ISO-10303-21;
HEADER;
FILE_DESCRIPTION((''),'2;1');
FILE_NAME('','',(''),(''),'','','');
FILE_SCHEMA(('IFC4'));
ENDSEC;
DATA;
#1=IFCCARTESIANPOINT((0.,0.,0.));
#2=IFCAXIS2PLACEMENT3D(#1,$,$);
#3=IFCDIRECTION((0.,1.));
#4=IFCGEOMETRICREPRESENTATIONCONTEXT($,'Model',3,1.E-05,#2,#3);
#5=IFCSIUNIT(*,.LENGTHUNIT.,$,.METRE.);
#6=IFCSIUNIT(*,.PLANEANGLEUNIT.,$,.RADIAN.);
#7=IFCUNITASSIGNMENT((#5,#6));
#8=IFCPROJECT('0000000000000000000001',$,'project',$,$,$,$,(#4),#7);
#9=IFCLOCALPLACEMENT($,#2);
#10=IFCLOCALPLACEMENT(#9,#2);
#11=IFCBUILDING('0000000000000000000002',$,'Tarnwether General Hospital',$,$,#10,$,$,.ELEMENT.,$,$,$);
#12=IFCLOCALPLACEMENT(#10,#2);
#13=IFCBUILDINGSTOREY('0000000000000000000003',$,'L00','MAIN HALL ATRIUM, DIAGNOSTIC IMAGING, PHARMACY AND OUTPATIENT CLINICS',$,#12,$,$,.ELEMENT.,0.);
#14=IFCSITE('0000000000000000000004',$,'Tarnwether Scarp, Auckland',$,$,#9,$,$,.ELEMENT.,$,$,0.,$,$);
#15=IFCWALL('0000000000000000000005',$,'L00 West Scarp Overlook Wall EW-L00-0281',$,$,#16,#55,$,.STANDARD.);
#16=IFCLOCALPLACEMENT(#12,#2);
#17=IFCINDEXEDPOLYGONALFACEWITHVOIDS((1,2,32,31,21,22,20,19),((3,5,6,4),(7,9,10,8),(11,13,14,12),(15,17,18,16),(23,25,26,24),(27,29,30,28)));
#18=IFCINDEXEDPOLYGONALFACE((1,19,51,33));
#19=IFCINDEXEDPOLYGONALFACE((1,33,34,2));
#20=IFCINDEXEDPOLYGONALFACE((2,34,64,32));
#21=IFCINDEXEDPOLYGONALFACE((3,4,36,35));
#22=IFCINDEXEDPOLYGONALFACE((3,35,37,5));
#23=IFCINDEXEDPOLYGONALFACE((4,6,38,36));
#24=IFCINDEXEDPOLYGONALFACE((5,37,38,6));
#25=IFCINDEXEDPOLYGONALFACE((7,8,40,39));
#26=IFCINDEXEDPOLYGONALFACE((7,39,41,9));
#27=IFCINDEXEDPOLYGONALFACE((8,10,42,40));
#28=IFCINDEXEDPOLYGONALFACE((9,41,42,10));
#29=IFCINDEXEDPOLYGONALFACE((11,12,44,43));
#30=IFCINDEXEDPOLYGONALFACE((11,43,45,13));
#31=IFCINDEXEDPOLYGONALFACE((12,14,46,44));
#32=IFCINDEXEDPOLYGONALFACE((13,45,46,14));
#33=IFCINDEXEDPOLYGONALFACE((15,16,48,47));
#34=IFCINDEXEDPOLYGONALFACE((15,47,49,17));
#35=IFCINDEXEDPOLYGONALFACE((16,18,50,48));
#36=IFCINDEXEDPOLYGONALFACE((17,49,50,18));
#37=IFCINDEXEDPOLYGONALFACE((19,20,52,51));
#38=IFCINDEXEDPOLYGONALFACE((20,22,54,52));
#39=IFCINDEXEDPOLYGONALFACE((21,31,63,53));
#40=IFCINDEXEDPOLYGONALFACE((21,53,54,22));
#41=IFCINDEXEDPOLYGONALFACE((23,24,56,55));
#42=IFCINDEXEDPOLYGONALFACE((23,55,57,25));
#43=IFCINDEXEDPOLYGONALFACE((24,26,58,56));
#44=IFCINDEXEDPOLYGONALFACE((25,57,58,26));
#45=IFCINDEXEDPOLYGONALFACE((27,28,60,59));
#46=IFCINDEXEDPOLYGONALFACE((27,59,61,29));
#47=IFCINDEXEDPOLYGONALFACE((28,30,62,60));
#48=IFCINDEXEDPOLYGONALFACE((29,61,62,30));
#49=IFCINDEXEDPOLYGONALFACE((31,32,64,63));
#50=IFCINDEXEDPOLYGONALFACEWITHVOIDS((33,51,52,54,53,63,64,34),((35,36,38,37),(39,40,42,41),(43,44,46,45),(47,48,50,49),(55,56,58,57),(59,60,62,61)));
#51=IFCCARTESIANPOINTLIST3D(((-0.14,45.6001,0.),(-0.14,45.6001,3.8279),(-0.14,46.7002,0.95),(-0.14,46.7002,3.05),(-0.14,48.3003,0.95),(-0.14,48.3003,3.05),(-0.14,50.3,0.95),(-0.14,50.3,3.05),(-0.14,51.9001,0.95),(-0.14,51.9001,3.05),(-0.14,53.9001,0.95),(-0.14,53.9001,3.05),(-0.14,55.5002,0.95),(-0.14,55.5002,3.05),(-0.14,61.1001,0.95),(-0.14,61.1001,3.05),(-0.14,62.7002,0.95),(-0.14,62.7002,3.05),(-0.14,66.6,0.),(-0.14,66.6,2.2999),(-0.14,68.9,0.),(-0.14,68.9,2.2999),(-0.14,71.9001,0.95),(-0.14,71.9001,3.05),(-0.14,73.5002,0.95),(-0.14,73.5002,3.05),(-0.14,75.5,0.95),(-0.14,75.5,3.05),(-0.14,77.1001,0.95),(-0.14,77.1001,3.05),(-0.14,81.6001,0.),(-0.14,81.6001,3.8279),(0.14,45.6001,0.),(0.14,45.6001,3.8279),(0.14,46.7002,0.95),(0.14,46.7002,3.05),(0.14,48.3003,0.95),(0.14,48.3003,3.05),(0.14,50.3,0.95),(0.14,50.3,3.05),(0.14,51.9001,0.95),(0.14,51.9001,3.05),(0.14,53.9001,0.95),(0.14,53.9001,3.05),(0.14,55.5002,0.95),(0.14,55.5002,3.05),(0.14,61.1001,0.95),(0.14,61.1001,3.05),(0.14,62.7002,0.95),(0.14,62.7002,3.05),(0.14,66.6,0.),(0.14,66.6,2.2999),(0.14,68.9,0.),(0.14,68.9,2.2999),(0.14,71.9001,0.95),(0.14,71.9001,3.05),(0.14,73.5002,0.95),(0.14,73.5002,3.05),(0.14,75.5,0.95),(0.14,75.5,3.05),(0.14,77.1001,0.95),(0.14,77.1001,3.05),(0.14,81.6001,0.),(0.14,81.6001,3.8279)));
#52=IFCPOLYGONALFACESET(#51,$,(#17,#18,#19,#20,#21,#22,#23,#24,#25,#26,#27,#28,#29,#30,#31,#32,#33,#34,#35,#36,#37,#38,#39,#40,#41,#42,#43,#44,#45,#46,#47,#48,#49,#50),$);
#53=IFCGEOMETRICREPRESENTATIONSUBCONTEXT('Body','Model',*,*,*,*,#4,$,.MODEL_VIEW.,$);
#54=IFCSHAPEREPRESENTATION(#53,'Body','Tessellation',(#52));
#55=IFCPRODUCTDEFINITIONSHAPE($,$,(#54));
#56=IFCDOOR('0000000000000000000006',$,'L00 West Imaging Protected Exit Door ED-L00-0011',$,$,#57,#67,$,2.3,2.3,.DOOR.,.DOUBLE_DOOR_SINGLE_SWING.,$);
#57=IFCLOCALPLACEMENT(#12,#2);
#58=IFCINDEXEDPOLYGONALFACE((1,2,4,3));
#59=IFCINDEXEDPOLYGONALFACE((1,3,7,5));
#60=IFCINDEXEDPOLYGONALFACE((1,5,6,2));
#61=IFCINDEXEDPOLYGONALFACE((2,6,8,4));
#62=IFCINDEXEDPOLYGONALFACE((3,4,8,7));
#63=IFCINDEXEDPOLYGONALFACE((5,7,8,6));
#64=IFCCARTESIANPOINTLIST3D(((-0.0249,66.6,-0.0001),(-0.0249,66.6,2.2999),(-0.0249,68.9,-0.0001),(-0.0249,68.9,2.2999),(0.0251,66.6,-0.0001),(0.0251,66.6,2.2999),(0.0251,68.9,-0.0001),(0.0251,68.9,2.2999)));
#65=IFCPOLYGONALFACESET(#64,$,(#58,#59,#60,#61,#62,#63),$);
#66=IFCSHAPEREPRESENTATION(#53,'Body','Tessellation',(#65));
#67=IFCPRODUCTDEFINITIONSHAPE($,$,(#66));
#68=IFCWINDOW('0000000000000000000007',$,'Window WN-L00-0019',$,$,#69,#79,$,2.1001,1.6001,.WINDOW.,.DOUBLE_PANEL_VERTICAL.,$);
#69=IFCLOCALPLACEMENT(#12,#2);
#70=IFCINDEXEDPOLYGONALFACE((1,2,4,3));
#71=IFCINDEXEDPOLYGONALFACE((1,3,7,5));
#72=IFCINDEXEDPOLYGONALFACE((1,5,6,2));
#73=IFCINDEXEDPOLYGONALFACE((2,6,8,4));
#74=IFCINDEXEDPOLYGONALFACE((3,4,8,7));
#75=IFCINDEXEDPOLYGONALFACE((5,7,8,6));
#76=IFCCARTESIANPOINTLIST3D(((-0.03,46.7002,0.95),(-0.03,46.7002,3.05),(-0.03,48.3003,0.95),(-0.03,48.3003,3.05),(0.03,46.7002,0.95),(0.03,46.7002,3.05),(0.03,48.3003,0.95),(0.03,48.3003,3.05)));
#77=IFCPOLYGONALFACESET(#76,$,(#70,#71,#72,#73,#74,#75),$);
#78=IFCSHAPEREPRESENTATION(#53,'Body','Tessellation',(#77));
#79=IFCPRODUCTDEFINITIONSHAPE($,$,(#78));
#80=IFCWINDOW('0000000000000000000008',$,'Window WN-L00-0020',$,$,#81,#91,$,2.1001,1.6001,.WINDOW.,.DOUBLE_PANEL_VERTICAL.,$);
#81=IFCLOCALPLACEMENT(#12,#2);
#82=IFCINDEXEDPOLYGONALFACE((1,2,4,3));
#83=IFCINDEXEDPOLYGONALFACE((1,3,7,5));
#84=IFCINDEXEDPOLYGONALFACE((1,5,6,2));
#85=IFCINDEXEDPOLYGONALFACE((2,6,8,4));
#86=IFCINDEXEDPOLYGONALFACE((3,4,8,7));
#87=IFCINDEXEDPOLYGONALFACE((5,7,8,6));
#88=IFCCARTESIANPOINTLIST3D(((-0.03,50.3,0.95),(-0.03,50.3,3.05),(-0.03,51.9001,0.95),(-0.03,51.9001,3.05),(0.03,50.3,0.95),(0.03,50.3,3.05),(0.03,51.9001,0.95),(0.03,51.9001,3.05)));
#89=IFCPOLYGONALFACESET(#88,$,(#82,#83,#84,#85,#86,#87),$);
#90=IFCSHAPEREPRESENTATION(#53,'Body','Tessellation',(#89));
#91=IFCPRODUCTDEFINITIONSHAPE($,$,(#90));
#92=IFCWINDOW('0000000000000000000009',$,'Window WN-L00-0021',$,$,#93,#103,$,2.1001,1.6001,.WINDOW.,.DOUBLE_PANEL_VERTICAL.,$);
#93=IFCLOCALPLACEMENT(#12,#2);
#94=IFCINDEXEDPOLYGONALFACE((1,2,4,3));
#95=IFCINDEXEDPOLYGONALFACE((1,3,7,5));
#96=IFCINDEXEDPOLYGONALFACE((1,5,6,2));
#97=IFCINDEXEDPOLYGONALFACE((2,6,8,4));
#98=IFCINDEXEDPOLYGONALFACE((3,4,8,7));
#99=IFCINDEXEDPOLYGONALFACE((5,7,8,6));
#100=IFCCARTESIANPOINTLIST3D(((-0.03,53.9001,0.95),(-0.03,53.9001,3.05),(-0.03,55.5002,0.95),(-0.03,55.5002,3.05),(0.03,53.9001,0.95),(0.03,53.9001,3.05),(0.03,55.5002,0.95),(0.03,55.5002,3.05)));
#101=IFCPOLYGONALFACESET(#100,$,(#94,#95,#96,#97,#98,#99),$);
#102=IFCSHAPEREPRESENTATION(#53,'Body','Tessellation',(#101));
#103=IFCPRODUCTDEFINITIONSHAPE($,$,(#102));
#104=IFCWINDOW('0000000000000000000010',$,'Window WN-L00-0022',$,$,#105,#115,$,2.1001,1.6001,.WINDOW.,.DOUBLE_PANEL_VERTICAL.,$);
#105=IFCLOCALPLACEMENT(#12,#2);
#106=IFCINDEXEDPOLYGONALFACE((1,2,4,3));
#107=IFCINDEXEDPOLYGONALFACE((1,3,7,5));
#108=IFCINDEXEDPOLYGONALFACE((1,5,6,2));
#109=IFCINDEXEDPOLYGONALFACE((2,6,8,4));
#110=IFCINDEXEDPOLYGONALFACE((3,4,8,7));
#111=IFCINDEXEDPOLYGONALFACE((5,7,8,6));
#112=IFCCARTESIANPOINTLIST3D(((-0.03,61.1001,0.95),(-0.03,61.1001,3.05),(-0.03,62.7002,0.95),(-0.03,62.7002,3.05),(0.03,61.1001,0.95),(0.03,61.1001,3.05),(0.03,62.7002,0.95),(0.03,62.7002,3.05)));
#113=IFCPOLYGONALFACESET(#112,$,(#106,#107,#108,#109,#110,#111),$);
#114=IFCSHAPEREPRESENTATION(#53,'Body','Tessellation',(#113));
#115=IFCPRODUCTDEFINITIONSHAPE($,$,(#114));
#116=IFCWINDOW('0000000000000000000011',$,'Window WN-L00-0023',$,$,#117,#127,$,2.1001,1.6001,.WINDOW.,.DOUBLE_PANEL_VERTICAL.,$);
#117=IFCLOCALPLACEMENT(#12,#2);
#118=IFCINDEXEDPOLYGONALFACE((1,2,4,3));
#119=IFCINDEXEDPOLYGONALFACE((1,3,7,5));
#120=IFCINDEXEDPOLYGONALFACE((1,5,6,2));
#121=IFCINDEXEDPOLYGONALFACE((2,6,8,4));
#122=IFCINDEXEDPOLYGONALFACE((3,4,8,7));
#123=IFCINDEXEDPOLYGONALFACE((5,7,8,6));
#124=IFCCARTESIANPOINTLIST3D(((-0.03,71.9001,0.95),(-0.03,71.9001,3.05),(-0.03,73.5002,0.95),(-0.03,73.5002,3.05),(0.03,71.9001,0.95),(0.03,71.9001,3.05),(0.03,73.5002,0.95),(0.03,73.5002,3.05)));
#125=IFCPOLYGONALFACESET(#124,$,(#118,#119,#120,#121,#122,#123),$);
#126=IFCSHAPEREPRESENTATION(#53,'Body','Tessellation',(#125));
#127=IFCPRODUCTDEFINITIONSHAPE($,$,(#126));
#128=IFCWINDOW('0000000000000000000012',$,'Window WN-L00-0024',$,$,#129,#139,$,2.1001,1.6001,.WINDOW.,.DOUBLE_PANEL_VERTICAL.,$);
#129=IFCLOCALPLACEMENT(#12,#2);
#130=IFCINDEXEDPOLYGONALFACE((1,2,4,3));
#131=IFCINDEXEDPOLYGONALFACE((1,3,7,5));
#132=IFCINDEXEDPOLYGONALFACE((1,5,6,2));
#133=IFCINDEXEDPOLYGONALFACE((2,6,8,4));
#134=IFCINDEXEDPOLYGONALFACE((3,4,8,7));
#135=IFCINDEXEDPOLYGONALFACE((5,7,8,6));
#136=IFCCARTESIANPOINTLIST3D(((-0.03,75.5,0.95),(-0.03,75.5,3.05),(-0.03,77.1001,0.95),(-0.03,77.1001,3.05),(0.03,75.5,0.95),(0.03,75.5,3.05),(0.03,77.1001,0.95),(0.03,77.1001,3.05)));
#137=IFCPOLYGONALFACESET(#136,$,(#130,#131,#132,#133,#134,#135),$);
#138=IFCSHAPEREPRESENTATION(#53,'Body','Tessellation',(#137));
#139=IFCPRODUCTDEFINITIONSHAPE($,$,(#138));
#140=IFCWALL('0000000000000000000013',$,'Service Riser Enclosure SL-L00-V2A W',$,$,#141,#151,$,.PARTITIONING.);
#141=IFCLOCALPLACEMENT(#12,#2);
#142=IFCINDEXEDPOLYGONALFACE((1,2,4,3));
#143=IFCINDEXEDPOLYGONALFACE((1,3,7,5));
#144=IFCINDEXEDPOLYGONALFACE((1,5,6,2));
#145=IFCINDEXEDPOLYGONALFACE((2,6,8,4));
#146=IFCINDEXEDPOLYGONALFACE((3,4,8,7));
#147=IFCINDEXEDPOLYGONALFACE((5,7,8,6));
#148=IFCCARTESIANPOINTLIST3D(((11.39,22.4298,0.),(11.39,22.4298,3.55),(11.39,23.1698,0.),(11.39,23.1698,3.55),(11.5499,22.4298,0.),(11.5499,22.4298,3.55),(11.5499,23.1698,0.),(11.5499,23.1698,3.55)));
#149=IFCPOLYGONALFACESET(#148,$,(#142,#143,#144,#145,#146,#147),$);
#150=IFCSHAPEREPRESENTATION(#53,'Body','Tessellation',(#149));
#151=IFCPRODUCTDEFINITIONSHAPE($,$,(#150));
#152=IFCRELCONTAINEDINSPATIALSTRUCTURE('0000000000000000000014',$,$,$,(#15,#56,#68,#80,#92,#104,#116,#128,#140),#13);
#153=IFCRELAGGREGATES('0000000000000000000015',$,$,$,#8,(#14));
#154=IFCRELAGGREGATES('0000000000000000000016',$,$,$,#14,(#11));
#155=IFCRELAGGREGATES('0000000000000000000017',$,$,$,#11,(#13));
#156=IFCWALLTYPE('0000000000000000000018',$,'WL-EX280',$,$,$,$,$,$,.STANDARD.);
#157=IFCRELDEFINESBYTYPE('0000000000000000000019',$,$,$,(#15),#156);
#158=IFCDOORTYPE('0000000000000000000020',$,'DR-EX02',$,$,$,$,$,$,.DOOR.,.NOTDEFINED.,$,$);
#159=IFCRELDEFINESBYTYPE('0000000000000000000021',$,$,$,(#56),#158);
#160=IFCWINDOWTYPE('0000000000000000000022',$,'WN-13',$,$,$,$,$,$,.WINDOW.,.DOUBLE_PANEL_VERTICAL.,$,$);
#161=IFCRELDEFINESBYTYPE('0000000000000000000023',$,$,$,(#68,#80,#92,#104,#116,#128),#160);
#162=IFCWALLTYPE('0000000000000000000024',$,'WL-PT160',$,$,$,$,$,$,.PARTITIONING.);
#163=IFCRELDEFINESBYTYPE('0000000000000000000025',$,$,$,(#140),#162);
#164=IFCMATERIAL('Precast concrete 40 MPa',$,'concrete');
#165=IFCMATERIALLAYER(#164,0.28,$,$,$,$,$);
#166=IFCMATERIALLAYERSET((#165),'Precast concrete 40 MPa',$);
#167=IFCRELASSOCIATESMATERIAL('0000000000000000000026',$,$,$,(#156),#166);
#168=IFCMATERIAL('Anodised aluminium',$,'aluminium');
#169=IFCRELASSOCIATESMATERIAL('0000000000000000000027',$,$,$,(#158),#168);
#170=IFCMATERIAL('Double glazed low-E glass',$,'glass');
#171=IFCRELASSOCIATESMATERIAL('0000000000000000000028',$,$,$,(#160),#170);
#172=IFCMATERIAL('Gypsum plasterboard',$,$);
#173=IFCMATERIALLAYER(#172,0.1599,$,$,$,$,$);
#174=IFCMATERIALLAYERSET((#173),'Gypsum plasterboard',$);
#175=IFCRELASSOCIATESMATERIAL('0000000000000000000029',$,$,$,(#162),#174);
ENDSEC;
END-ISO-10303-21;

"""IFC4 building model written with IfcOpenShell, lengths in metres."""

from ifc_helpers import new_model, si_unit, direction, frame, frame_2d, origin, place, context, subcontext, project, spatial, rectangle, extrude, material, layer, layer_set, type_object, element, fill, save


model = new_model("IFC4")

# Units and contexts
model_context = context("Model", 3, precision=1e-05, world=origin(), true_north=direction((0.0, 1.0)))
body_context = subcontext(model_context, "Body", "Model", "MODEL_VIEW")
ifc_project = project(units=[si_unit("LENGTHUNIT", "METRE"), si_unit("PLANEANGLEUNIT", "RADIAN")], contexts=[model_context])

# Site, building, storey
site_placement = place(None, origin())
site = spatial("IfcSite", under=ifc_project, at=site_placement, Name="Tarnwether Scarp, Auckland", CompositionType="ELEMENT", RefElevation=0.0)
building_placement = place(site_placement, origin())
building = spatial("IfcBuilding", under=site, at=building_placement, Name="Tarnwether General Hospital", CompositionType="ELEMENT")
storey_placement = place(building_placement, origin())
storey = spatial("IfcBuildingStorey", under=building, at=storey_placement, Name="L00", Description="MAIN HALL ATRIUM, DIAGNOSTIC IMAGING, PHARMACY AND OUTPATIENT CLINICS", CompositionType="ELEMENT", Elevation=0.0)

# Wall, openings, door, windows
ifc_material_1 = material(Name="Precast concrete 40 MPa", Category="concrete")
ifc_layer_1 = layer(ifc_material_1, 0.28)
ifc_layer_set_1 = layer_set([ifc_layer_1], Name="Precast concrete 40 MPa")
wall_type_1 = type_object("IfcWallType", Name="WL-EX280", PredefinedType="STANDARD", material=ifc_layer_set_1)
wall_1_placement = place(storey_placement, frame((0.0, 45.6001, 0.0), z_axis=(0.0, 0.0, 1.0), x_axis=(0.0, 1.0, 0.0)))
wall_1 = element("IfcWall", 1, at=wall_1_placement, inside=storey, type_object=wall_type_1, Name="L00 West Scarp Overlook Wall EW-L00-0281", PredefinedType="STANDARD", context=body_context, shape_type="SweptSolid", body=[
    extrude(rectangle(XDim=36.0, YDim=0.28, at=frame_2d((18.0, 0.0))), origin(), (0.0, 0.0, 1.0), 3.8279),
])
opening_1_placement = place(wall_1_placement, frame((21.0, 0.0, 0.0)))
opening_1 = element("IfcOpeningElement", 2, at=opening_1_placement, cuts=wall_1, PredefinedType="OPENING", context=body_context, shape_type="SweptSolid", body=[
    extrude(rectangle(XDim=2.3, YDim=2.3, at=frame_2d((1.1499, 1.1499))), frame((0.0, 0.1499, 0.0), z_axis=(0.0, -1.0, 0.0), x_axis=(1.0, 0.0, 0.0)), (0.0, 0.0, 1.0), 0.3),
])
opening_2_placement = place(wall_1_placement, frame((1.1001, 0.0, 0.95)))
opening_2 = element("IfcOpeningElement", 3, at=opening_2_placement, cuts=wall_1, PredefinedType="OPENING", context=body_context, shape_type="SweptSolid", body=[
    extrude(rectangle(XDim=1.6001, YDim=2.1001, at=frame_2d((0.8, 1.05))), frame((0.0, 0.1499, 0.0), z_axis=(0.0, -1.0, 0.0), x_axis=(1.0, 0.0, 0.0)), (0.0, 0.0, 1.0), 0.3),
])
opening_3_placement = place(wall_1_placement, frame((4.7, 0.0, 0.95)))
opening_3 = element("IfcOpeningElement", 4, at=opening_3_placement, cuts=wall_1, PredefinedType="OPENING", context=body_context, shape_type="SweptSolid", body=[
    extrude(rectangle(XDim=1.6001, YDim=2.1001, at=frame_2d((0.8, 1.05))), frame((0.0, 0.1499, 0.0), z_axis=(0.0, -1.0, 0.0), x_axis=(1.0, 0.0, 0.0)), (0.0, 0.0, 1.0), 0.3),
])
opening_4_placement = place(wall_1_placement, frame((8.3, 0.0, 0.95)))
opening_4 = element("IfcOpeningElement", 5, at=opening_4_placement, cuts=wall_1, PredefinedType="OPENING", context=body_context, shape_type="SweptSolid", body=[
    extrude(rectangle(XDim=1.6001, YDim=2.1001, at=frame_2d((0.8, 1.05))), frame((0.0, 0.1499, 0.0), z_axis=(0.0, -1.0, 0.0), x_axis=(1.0, 0.0, 0.0)), (0.0, 0.0, 1.0), 0.3),
])
opening_5_placement = place(wall_1_placement, frame((15.5, 0.0, 0.95)))
opening_5 = element("IfcOpeningElement", 6, at=opening_5_placement, cuts=wall_1, PredefinedType="OPENING", context=body_context, shape_type="SweptSolid", body=[
    extrude(rectangle(XDim=1.6001, YDim=2.1001, at=frame_2d((0.8, 1.05))), frame((0.0, 0.1499, 0.0), z_axis=(0.0, -1.0, 0.0), x_axis=(1.0, 0.0, 0.0)), (0.0, 0.0, 1.0), 0.3),
])
opening_6_placement = place(wall_1_placement, frame((26.3, 0.0, 0.95)))
opening_6 = element("IfcOpeningElement", 7, at=opening_6_placement, cuts=wall_1, PredefinedType="OPENING", context=body_context, shape_type="SweptSolid", body=[
    extrude(rectangle(XDim=1.6001, YDim=2.1001, at=frame_2d((0.8, 1.05))), frame((0.0, 0.1499, 0.0), z_axis=(0.0, -1.0, 0.0), x_axis=(1.0, 0.0, 0.0)), (0.0, 0.0, 1.0), 0.3),
])
opening_7_placement = place(wall_1_placement, frame((29.8999, 0.0, 0.95)))
opening_7 = element("IfcOpeningElement", 8, at=opening_7_placement, cuts=wall_1, PredefinedType="OPENING", context=body_context, shape_type="SweptSolid", body=[
    extrude(rectangle(XDim=1.6001, YDim=2.1001, at=frame_2d((0.8, 1.05))), frame((0.0, 0.1499, 0.0), z_axis=(0.0, -1.0, 0.0), x_axis=(1.0, 0.0, 0.0)), (0.0, 0.0, 1.0), 0.3),
])
ifc_material_2 = material(Name="Anodised aluminium", Category="aluminium")
door_type = type_object("IfcDoorType", Name="DR-EX02", OperationType="NOTDEFINED", PredefinedType="DOOR", material=ifc_material_2)
door_placement = place(opening_1_placement, origin())
door = element("IfcDoor", 9, at=door_placement, inside=storey, type_object=door_type, Name="L00 West Imaging Protected Exit Door ED-L00-0011", OperationType="DOUBLE_DOOR_SINGLE_SWING", OverallHeight=2.3, OverallWidth=2.3, PredefinedType="DOOR", context=body_context, shape_type="SweptSolid", body=[
    extrude(rectangle(XDim=2.3, YDim=2.3, at=frame_2d((1.1499, 1.1499))), frame((0.0, 0.0249, 0.0), z_axis=(0.0, -1.0, 0.0), x_axis=(1.0, 0.0, 0.0)), (0.0, 0.0, 1.0), 0.05),
])
fill(opening_1, door)
ifc_material_3 = material(Name="Double glazed low-E glass", Category="glass")
window_type = type_object("IfcWindowType", Name="WN-13", PartitioningType="DOUBLE_PANEL_VERTICAL", PredefinedType="WINDOW", material=ifc_material_3)
window_1_placement = place(opening_2_placement, origin())
window_1 = element("IfcWindow", 10, at=window_1_placement, inside=storey, type_object=window_type, Name="Window WN-L00-0019", OverallHeight=2.1001, OverallWidth=1.6001, PartitioningType="DOUBLE_PANEL_VERTICAL", PredefinedType="WINDOW", context=body_context, shape_type="SweptSolid", body=[
    extrude(rectangle(XDim=1.6001, YDim=2.1001, at=frame_2d((0.8, 1.05))), frame((0.0, 0.03, 0.0), z_axis=(0.0, -1.0, 0.0), x_axis=(1.0, 0.0, 0.0)), (0.0, 0.0, 1.0), 0.0601),
])
fill(opening_2, window_1)
window_2_placement = place(opening_3_placement, origin())
window_2 = element("IfcWindow", 11, at=window_2_placement, inside=storey, type_object=window_type, Name="Window WN-L00-0020", OverallHeight=2.1001, OverallWidth=1.6001, PartitioningType="DOUBLE_PANEL_VERTICAL", PredefinedType="WINDOW", context=body_context, shape_type="SweptSolid", body=[
    extrude(rectangle(XDim=1.6001, YDim=2.1001, at=frame_2d((0.8, 1.05))), frame((0.0, 0.03, 0.0), z_axis=(0.0, -1.0, 0.0), x_axis=(1.0, 0.0, 0.0)), (0.0, 0.0, 1.0), 0.0601),
])
fill(opening_3, window_2)
window_3_placement = place(opening_4_placement, origin())
window_3 = element("IfcWindow", 12, at=window_3_placement, inside=storey, type_object=window_type, Name="Window WN-L00-0021", OverallHeight=2.1001, OverallWidth=1.6001, PartitioningType="DOUBLE_PANEL_VERTICAL", PredefinedType="WINDOW", context=body_context, shape_type="SweptSolid", body=[
    extrude(rectangle(XDim=1.6001, YDim=2.1001, at=frame_2d((0.8, 1.05))), frame((0.0, 0.03, 0.0), z_axis=(0.0, -1.0, 0.0), x_axis=(1.0, 0.0, 0.0)), (0.0, 0.0, 1.0), 0.0601),
])
fill(opening_4, window_3)
window_4_placement = place(opening_5_placement, origin())
window_4 = element("IfcWindow", 13, at=window_4_placement, inside=storey, type_object=window_type, Name="Window WN-L00-0022", OverallHeight=2.1001, OverallWidth=1.6001, PartitioningType="DOUBLE_PANEL_VERTICAL", PredefinedType="WINDOW", context=body_context, shape_type="SweptSolid", body=[
    extrude(rectangle(XDim=1.6001, YDim=2.1001, at=frame_2d((0.8, 1.05))), frame((0.0, 0.03, 0.0), z_axis=(0.0, -1.0, 0.0), x_axis=(1.0, 0.0, 0.0)), (0.0, 0.0, 1.0), 0.0601),
])
fill(opening_5, window_4)
window_5_placement = place(opening_6_placement, origin())
window_5 = element("IfcWindow", 14, at=window_5_placement, inside=storey, type_object=window_type, Name="Window WN-L00-0023", OverallHeight=2.1001, OverallWidth=1.6001, PartitioningType="DOUBLE_PANEL_VERTICAL", PredefinedType="WINDOW", context=body_context, shape_type="SweptSolid", body=[
    extrude(rectangle(XDim=1.6001, YDim=2.1001, at=frame_2d((0.8, 1.05))), frame((0.0, 0.03, 0.0), z_axis=(0.0, -1.0, 0.0), x_axis=(1.0, 0.0, 0.0)), (0.0, 0.0, 1.0), 0.0601),
])
fill(opening_6, window_5)
window_6_placement = place(opening_7_placement, origin())
window_6 = element("IfcWindow", 15, at=window_6_placement, inside=storey, type_object=window_type, Name="Window WN-L00-0024", OverallHeight=2.1001, OverallWidth=1.6001, PartitioningType="DOUBLE_PANEL_VERTICAL", PredefinedType="WINDOW", context=body_context, shape_type="SweptSolid", body=[
    extrude(rectangle(XDim=1.6001, YDim=2.1001, at=frame_2d((0.8, 1.05))), frame((0.0, 0.03, 0.0), z_axis=(0.0, -1.0, 0.0), x_axis=(1.0, 0.0, 0.0)), (0.0, 0.0, 1.0), 0.0601),
])
fill(opening_7, window_6)

# Wall
ifc_material_4 = material(Name="Gypsum plasterboard")
ifc_layer_2 = layer(ifc_material_4, 0.1599)
ifc_layer_set_2 = layer_set([ifc_layer_2], Name="Gypsum plasterboard")
wall_type_2 = type_object("IfcWallType", Name="WL-PT160", PredefinedType="PARTITIONING", material=ifc_layer_set_2)
wall_2_placement = place(storey_placement, frame((11.47, 23.1699, 0.0), z_axis=(0.0, 0.0, 1.0), x_axis=(0.0, -1.0, 0.0)))
element("IfcWall", 16, at=wall_2_placement, inside=storey, type_object=wall_type_2, Name="Service Riser Enclosure SL-L00-V2A W", PredefinedType="PARTITIONING", context=body_context, shape_type="SweptSolid", body=[
    extrude(rectangle(XDim=0.74, YDim=0.1599, at=frame_2d((0.3701, 0.0))), origin(), (0.0, 0.0, 1.0), 3.55),
])

save(model, "model.ifc")
